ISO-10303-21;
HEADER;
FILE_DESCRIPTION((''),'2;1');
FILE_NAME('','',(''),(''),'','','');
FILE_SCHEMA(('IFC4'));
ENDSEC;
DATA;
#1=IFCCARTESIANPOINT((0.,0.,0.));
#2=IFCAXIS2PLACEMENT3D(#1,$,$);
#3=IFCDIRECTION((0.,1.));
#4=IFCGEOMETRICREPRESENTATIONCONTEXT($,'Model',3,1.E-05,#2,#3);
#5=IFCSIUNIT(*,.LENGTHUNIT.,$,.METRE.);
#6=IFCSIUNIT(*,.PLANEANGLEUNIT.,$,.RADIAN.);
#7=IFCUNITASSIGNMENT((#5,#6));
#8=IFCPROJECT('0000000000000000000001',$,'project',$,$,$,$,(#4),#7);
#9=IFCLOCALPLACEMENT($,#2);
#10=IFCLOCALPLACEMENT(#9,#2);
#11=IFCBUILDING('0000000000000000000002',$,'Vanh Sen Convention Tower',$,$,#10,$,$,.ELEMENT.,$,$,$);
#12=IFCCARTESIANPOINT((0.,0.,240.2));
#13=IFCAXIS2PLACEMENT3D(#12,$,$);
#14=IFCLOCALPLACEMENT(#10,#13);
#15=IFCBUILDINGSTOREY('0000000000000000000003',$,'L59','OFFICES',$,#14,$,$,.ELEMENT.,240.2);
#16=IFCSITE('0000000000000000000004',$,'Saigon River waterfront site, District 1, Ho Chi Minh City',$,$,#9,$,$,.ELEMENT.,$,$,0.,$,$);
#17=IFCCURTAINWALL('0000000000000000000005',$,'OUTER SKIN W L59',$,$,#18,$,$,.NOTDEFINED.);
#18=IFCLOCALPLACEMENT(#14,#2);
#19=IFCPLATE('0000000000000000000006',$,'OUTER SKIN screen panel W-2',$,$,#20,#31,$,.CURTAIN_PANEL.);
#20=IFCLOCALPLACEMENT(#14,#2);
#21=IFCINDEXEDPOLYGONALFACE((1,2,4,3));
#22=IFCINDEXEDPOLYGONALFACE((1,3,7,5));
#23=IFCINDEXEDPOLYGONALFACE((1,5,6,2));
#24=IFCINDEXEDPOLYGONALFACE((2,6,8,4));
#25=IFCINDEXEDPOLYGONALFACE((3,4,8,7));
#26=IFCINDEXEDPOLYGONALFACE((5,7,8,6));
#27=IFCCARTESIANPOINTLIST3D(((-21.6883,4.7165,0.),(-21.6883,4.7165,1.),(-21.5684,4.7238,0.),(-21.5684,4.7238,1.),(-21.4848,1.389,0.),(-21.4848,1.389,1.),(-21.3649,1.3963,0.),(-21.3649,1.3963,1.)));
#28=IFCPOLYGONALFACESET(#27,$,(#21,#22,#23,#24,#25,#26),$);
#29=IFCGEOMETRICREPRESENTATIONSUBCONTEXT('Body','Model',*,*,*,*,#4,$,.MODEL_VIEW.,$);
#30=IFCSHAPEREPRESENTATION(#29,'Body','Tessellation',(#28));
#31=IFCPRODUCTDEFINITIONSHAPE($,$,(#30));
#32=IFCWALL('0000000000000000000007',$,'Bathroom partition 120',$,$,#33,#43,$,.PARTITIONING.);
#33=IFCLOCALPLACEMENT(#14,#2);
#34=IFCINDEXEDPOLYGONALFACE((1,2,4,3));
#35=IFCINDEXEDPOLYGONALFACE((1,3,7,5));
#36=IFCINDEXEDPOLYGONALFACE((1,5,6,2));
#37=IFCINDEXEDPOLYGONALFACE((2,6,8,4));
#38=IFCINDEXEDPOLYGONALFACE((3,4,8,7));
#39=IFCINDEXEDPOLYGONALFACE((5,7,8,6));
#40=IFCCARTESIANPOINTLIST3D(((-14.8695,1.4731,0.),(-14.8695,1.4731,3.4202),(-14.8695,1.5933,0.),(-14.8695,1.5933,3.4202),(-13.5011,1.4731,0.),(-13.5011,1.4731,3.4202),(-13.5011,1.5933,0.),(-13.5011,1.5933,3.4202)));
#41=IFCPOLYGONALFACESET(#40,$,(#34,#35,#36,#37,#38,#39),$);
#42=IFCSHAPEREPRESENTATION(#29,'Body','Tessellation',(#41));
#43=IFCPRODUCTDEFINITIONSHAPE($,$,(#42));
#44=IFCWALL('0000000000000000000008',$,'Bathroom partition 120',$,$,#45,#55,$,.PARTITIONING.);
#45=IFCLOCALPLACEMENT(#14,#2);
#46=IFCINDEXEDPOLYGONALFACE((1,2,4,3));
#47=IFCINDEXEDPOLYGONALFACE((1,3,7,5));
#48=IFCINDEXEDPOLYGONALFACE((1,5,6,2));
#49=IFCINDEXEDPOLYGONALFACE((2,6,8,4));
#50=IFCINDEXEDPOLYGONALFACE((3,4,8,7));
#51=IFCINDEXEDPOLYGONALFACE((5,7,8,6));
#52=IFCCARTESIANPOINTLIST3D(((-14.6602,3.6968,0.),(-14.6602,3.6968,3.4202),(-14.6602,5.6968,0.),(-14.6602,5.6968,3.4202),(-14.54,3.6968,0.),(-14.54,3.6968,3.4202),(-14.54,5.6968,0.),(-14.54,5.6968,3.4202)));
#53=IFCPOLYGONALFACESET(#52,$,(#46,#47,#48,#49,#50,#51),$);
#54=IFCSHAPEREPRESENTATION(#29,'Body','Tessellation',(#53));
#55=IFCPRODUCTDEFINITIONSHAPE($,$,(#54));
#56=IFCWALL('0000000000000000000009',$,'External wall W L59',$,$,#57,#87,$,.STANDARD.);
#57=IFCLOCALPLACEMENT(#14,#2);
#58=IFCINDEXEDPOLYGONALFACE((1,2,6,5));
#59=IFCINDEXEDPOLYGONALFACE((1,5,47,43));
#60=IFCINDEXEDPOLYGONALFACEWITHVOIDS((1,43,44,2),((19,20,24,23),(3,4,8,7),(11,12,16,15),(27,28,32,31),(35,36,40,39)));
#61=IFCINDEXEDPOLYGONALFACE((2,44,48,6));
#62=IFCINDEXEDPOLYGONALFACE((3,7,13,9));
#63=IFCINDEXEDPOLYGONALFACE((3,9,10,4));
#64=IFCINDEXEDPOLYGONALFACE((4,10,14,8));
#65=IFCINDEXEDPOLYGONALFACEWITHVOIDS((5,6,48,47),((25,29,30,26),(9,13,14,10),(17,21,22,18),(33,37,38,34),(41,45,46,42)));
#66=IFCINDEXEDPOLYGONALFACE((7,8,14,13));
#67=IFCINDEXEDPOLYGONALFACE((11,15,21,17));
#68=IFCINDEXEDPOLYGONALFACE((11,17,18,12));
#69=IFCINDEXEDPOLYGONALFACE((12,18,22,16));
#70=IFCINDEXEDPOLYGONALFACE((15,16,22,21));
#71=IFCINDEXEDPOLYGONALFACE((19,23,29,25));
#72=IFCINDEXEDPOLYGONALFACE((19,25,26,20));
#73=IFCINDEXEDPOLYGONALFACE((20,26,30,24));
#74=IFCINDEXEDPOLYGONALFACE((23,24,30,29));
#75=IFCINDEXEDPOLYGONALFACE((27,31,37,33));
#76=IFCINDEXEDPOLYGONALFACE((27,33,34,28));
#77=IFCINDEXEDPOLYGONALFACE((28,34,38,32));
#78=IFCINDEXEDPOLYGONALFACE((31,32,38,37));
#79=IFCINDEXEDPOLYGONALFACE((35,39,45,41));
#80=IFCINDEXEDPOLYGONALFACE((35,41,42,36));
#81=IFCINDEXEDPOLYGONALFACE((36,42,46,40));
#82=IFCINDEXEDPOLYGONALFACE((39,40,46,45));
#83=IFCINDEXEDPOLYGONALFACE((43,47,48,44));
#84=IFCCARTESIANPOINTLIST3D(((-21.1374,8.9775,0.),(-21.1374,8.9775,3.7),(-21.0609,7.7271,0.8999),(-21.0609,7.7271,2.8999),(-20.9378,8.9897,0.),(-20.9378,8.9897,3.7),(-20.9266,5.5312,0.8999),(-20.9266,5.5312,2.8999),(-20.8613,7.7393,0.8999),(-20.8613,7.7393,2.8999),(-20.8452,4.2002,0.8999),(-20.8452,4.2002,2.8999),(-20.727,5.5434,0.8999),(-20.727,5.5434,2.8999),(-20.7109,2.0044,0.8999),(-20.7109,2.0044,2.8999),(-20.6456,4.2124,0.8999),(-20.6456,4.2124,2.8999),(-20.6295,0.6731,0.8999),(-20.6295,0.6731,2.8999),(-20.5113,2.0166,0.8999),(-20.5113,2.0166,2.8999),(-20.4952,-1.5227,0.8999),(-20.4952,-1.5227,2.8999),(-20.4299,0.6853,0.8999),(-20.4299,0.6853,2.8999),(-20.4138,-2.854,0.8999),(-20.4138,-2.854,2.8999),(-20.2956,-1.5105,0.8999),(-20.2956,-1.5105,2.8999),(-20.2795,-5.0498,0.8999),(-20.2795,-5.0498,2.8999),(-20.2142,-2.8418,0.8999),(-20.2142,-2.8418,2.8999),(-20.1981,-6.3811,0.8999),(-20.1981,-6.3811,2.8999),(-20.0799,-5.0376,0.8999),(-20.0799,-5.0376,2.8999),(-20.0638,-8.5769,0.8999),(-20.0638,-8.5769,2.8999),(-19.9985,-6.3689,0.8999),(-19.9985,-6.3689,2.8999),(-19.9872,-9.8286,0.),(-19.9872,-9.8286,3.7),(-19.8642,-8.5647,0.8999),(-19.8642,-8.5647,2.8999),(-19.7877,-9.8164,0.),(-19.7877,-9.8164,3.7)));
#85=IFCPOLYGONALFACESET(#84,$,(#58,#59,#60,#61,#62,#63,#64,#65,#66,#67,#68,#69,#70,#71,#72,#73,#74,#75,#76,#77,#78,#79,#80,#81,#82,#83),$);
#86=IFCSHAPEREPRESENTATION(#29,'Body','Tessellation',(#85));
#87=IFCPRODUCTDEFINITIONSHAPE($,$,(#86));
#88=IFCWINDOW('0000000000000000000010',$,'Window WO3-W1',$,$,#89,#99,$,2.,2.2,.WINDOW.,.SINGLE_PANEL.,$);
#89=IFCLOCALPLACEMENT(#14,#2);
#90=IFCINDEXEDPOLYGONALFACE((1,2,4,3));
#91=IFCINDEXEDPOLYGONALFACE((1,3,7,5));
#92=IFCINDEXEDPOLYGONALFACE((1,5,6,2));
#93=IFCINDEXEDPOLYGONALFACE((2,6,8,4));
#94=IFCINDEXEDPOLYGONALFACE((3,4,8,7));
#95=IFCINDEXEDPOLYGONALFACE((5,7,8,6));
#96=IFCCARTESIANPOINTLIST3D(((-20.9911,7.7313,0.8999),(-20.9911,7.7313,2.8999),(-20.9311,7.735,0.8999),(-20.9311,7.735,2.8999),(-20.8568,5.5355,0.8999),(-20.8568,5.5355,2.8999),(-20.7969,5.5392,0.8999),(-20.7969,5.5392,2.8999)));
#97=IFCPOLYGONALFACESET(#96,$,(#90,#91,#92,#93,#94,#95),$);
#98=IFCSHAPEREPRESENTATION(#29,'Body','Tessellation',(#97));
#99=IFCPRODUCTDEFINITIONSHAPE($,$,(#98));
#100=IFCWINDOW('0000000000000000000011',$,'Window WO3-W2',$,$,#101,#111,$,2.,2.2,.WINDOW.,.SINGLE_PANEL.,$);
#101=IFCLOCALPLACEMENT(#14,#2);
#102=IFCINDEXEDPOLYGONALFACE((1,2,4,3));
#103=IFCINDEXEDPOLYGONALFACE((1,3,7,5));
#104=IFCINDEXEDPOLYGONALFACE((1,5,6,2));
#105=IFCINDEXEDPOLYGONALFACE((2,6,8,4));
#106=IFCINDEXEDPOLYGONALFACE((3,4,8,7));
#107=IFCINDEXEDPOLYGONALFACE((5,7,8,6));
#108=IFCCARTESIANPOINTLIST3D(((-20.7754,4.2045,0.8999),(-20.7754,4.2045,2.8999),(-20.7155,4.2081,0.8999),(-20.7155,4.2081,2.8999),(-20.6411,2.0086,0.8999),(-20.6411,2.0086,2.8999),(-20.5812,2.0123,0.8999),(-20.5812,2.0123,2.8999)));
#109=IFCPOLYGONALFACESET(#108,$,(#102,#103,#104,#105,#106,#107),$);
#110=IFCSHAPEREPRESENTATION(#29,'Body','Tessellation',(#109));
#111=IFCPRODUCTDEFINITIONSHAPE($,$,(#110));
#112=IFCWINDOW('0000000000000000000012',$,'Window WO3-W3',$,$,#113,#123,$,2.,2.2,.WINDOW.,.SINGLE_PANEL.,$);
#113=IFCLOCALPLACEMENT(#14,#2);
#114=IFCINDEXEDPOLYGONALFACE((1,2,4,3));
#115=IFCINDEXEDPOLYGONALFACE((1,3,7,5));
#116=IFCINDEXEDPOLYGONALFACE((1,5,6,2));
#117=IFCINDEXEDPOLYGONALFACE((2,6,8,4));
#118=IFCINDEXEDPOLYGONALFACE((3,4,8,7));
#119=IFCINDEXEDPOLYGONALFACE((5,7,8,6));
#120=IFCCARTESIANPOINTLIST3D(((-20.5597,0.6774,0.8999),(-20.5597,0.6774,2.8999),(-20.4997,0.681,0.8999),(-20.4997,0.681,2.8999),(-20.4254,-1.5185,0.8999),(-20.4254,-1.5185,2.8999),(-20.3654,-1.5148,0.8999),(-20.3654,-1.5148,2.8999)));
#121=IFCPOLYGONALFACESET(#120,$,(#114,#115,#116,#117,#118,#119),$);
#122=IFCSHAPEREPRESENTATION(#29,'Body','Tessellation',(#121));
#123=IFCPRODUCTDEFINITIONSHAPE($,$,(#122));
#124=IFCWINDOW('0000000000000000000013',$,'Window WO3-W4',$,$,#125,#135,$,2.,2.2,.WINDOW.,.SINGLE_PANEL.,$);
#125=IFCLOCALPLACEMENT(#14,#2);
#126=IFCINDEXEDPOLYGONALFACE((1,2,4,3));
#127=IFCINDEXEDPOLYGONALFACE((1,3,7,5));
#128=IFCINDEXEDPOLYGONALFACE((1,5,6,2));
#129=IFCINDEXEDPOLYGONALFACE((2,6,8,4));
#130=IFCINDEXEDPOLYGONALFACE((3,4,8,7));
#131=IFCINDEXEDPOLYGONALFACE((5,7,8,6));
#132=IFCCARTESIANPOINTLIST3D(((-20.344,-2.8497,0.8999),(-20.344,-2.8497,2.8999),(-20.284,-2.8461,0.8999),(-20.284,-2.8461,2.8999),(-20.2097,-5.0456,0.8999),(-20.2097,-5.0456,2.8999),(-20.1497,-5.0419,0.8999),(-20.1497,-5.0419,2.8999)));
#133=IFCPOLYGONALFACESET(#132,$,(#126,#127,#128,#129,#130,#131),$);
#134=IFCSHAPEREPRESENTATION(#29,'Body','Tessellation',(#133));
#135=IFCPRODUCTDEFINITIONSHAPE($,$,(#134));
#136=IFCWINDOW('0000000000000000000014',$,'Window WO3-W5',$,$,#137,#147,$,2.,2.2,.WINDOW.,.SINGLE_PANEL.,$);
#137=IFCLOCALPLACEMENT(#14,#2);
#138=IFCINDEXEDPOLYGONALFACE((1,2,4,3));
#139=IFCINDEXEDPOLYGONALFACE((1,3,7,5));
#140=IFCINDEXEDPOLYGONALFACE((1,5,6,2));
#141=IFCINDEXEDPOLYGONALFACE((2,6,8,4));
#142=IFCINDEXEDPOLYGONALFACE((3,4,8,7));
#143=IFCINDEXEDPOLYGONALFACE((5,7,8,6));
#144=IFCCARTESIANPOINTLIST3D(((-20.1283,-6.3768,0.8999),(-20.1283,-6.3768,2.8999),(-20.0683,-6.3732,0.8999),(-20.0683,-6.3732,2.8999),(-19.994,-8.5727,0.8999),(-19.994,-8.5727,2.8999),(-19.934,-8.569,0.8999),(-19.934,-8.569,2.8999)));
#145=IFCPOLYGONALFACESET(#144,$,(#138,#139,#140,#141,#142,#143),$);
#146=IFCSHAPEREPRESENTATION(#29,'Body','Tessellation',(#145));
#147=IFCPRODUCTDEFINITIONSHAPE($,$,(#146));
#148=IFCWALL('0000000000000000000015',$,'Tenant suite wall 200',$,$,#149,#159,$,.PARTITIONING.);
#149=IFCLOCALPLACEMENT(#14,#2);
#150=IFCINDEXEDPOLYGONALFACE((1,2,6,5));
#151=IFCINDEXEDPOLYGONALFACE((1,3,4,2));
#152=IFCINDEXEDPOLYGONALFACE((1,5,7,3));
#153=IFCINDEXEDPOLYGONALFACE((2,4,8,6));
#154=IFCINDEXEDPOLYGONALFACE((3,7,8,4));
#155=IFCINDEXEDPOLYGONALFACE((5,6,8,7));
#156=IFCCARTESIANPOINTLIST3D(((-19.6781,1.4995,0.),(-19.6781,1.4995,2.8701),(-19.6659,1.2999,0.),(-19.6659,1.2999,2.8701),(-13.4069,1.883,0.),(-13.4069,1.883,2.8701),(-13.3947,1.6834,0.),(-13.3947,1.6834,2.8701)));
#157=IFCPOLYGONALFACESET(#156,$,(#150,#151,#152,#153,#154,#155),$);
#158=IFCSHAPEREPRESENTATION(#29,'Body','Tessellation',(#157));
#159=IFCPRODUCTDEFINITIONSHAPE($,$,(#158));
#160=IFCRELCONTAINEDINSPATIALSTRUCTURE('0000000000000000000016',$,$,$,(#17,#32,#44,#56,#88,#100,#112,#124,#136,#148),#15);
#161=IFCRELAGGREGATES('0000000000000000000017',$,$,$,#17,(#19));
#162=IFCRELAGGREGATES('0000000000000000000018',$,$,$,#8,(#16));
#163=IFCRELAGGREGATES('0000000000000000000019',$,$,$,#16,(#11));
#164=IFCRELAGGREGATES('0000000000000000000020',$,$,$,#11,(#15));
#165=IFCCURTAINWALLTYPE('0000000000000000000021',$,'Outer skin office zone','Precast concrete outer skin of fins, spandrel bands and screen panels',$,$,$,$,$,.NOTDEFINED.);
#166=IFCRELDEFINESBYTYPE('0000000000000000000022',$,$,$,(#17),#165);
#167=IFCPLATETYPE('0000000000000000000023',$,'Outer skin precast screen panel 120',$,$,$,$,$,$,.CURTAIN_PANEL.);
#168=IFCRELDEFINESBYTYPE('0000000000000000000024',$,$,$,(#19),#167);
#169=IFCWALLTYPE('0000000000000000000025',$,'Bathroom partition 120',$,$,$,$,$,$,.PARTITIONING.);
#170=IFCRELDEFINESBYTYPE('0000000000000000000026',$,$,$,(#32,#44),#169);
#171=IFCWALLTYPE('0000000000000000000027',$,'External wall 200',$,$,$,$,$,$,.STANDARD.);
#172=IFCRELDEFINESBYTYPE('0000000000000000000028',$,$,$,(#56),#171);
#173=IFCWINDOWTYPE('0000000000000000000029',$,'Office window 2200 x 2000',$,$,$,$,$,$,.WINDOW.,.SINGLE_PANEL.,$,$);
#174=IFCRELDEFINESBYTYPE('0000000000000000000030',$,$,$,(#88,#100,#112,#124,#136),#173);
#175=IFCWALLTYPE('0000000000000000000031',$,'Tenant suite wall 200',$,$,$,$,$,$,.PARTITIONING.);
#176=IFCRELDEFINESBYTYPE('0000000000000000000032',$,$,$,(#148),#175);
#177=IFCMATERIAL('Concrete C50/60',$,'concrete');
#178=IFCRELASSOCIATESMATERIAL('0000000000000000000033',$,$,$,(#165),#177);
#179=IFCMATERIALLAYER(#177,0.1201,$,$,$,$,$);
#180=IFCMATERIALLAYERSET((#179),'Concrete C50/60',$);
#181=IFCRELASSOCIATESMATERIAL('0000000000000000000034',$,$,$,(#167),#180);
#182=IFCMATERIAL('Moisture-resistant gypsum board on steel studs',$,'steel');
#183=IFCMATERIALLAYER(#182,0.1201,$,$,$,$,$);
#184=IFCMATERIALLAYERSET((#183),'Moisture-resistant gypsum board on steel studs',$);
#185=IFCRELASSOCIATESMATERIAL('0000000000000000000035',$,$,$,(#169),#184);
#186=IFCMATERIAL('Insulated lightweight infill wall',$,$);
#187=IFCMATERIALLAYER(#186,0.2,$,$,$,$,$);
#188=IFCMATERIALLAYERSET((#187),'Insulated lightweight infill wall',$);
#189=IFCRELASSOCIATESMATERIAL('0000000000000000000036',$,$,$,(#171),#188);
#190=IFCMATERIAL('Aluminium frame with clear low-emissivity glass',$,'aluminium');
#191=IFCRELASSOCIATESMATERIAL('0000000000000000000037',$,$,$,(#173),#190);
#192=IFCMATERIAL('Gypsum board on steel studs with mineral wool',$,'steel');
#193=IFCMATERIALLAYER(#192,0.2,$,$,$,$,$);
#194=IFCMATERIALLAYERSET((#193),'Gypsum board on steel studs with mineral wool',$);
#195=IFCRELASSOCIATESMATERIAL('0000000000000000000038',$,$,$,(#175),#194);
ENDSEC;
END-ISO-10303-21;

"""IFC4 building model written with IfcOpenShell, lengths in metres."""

from ifc_helpers import new_model, si_unit, direction, frame, frame_2d, origin, origin_2d, place, context, subcontext, project, spatial, rectangle, extrude, material, layer, layer_set, type_object, element, fill, aggregate, save


model = new_model("IFC4")

# Units and contexts
model_context = context("Model", 3, precision=1e-05, world=origin(), true_north=direction((0.0, 1.0)))
body_context = subcontext(model_context, "Body", "Model", "MODEL_VIEW")
ifc_project = project(units=[si_unit("LENGTHUNIT", "METRE"), si_unit("PLANEANGLEUNIT", "RADIAN")], contexts=[model_context])

# Site, building, storey
site_placement = place(None, origin())
site = spatial("IfcSite", under=ifc_project, at=site_placement, Name="Saigon River waterfront site, District 1, Ho Chi Minh City", CompositionType="ELEMENT", RefElevation=0.0)
building_placement = place(site_placement, origin())
building = spatial("IfcBuilding", under=site, at=building_placement, Name="Vanh Sen Convention Tower", CompositionType="ELEMENT")
storey_placement = place(building_placement, frame((0.0, 0.0, 240.2)))
storey = spatial("IfcBuildingStorey", under=building, at=storey_placement, Name="L59", Description="OFFICES", CompositionType="ELEMENT", Elevation=240.2)

# Curtain wall
ifc_material_1 = material(Name="Concrete C50/60", Category="concrete")
curtain_wall_type = type_object("IfcCurtainWallType", Name="Outer skin office zone", Description="Precast concrete outer skin of fins, spandrel bands and screen panels", PredefinedType="NOTDEFINED", material=ifc_material_1)
curtain_wall_placement = place(storey_placement, origin())
curtain_wall = element("IfcCurtainWall", 1, at=curtain_wall_placement, inside=storey, type_object=curtain_wall_type, Name="OUTER SKIN W L59", PredefinedType="NOTDEFINED")

# Plate
ifc_layer_1 = layer(ifc_material_1, 0.1201)
ifc_layer_set_1 = layer_set([ifc_layer_1], Name="Concrete C50/60")
plate_type = type_object("IfcPlateType", Name="Outer skin precast screen panel 120", PredefinedType="CURTAIN_PANEL", material=ifc_layer_set_1)
plate_1_placement = place(storey_placement, frame((-21.5266, 3.0564, 0.0), z_axis=(0.0, 0.0, 1.0), x_axis=(0.061042, -0.998135, 0.0)))
plate_1 = element("IfcPlate", 2, at=plate_1_placement, type_object=plate_type, Name="OUTER SKIN screen panel W-2", PredefinedType="CURTAIN_PANEL", context=body_context, shape_type="SweptSolid", body=[
    extrude(rectangle(XDim=3.3337, YDim=0.1201, at=origin_2d()), origin(), (0.0, 0.0, 1.0), 1.0),
])
aggregate(curtain_wall, [plate_1])

# Walls
ifc_material_2 = material(Name="Moisture-resistant gypsum board on steel studs", Category="steel")
ifc_layer_2 = layer(ifc_material_2, 0.1201)
ifc_layer_set_2 = layer_set([ifc_layer_2], Name="Moisture-resistant gypsum board on steel studs")
wall_type_1 = type_object("IfcWallType", Name="Bathroom partition 120", PredefinedType="PARTITIONING", material=ifc_layer_set_2)
wall_1_placement = place(storey_placement, frame((-14.8694, 1.5332, 0.0), z_axis=(0.0, 0.0, 1.0), x_axis=(1.0, 0.0, 0.0)))
element("IfcWall", 3, at=wall_1_placement, inside=storey, type_object=wall_type_1, Name="Bathroom partition 120", PredefinedType="PARTITIONING", context=body_context, shape_type="SweptSolid", body=[
    extrude(rectangle(XDim=1.3684, YDim=0.1201, at=frame_2d((0.6841, 0.0))), origin(), (0.0, 0.0, 1.0), 3.4202),
])
wall_2_placement = place(storey_placement, frame((-14.6001, 3.6968, 0.0), z_axis=(0.0, 0.0, 1.0), x_axis=(0.0, 1.0, 0.0)))
element("IfcWall", 4, at=wall_2_placement, inside=storey, type_object=wall_type_1, Name="Bathroom partition 120", PredefinedType="PARTITIONING", context=body_context, shape_type="SweptSolid", body=[
    extrude(rectangle(XDim=2.0, YDim=0.1201, at=frame_2d((1.0, 0.0))), origin(), (0.0, 0.0, 1.0), 3.4202),
])

# Wall, openings, windows
ifc_material_3 = material(Name="Insulated lightweight infill wall")
ifc_layer_3 = layer(ifc_material_3, 0.2)
ifc_layer_set_3 = layer_set([ifc_layer_3], Name="Insulated lightweight infill wall")
wall_type_2 = type_object("IfcWallType", Name="External wall 200", PredefinedType="STANDARD", material=ifc_layer_set_3)
wall_3_placement = place(storey_placement, frame((-21.0376, 8.9836, 0.0), z_axis=(0.0, 0.0, 1.0), x_axis=(0.061044, -0.998135, 0.0)))
wall_3 = element("IfcWall", 5, at=wall_3_placement, inside=storey, type_object=wall_type_2, Name="External wall W L59", PredefinedType="STANDARD", context=body_context, shape_type="SweptSolid", body=[
    extrude(rectangle(XDim=18.8413, YDim=0.2, at=frame_2d((9.4207, 0.0))), origin(), (0.0, 0.0, 1.0), 3.7),
])
opening_1_placement = place(wall_3_placement, frame((1.2527, 0.0, 0.8999)))
opening_1 = element("IfcOpeningElement", 6, at=opening_1_placement, cuts=wall_3, PredefinedType="OPENING", context=body_context, shape_type="SweptSolid", body=[
    extrude(rectangle(XDim=2.2, YDim=2.0, at=frame_2d((1.1001, 1.0))), frame((0.0, 0.1099, 0.0), z_axis=(0.0, -1.0, 0.0), x_axis=(1.0, 0.0, 0.0)), (0.0, 0.0, 1.0), 0.22),
])
opening_2_placement = place(wall_3_placement, frame((4.7861, 0.0, 0.8999)))
opening_2 = element("IfcOpeningElement", 7, at=opening_2_placement, cuts=wall_3, PredefinedType="OPENING", context=body_context, shape_type="SweptSolid", body=[
    extrude(rectangle(XDim=2.2, YDim=2.0, at=frame_2d((1.1001, 1.0))), frame((0.0, 0.1099, 0.0), z_axis=(0.0, -1.0, 0.0), x_axis=(1.0, 0.0, 0.0)), (0.0, 0.0, 1.0), 0.22),
])
opening_3_placement = place(wall_3_placement, frame((8.3198, 0.0, 0.8999)))
opening_3 = element("IfcOpeningElement", 8, at=opening_3_placement, cuts=wall_3, PredefinedType="OPENING", context=body_context, shape_type="SweptSolid", body=[
    extrude(rectangle(XDim=2.2, YDim=2.0, at=frame_2d((1.1001, 1.0))), frame((0.0, 0.1099, 0.0), z_axis=(0.0, -1.0, 0.0), x_axis=(1.0, 0.0, 0.0)), (0.0, 0.0, 1.0), 0.22),
])
opening_4_placement = place(wall_3_placement, frame((11.8535, 0.0, 0.8999)))
opening_4 = element("IfcOpeningElement", 9, at=opening_4_placement, cuts=wall_3, PredefinedType="OPENING", context=body_context, shape_type="SweptSolid", body=[
    extrude(rectangle(XDim=2.2, YDim=2.0, at=frame_2d((1.1001, 1.0))), frame((0.0, 0.1099, 0.0), z_axis=(0.0, -1.0, 0.0), x_axis=(1.0, 0.0, 0.0)), (0.0, 0.0, 1.0), 0.22),
])
opening_5_placement = place(wall_3_placement, frame((15.3872, 0.0, 0.8999)))
opening_5 = element("IfcOpeningElement", 10, at=opening_5_placement, cuts=wall_3, PredefinedType="OPENING", context=body_context, shape_type="SweptSolid", body=[
    extrude(rectangle(XDim=2.2, YDim=2.0, at=frame_2d((1.1001, 1.0))), frame((0.0, 0.1099, 0.0), z_axis=(0.0, -1.0, 0.0), x_axis=(1.0, 0.0, 0.0)), (0.0, 0.0, 1.0), 0.22),
])
ifc_material_4 = material(Name="Aluminium frame with clear low-emissivity glass", Category="aluminium")
window_type = type_object("IfcWindowType", Name="Office window 2200 x 2000", PartitioningType="SINGLE_PANEL", PredefinedType="WINDOW", material=ifc_material_4)
window_1_placement = place(opening_1_placement, origin())
window_1 = element("IfcWindow", 11, at=window_1_placement, inside=storey, type_object=window_type, Name="Window WO3-W1", OverallHeight=2.0, OverallWidth=2.2, PartitioningType="SINGLE_PANEL", PredefinedType="WINDOW", context=body_context, shape_type="SweptSolid", body=[
    extrude(rectangle(XDim=2.2, YDim=2.0, at=frame_2d((1.1001, 1.0))), frame((0.0, 0.03, 0.0), z_axis=(0.0, -1.0, 0.0), x_axis=(1.0, 0.0, 0.0)), (0.0, 0.0, 1.0), 0.0601),
])
fill(opening_1, window_1)
window_2_placement = place(opening_2_placement, origin())
window_2 = element("IfcWindow", 12, at=window_2_placement, inside=storey, type_object=window_type, Name="Window WO3-W2", OverallHeight=2.0, OverallWidth=2.2, PartitioningType="SINGLE_PANEL", PredefinedType="WINDOW", context=body_context, shape_type="SweptSolid", body=[
    extrude(rectangle(XDim=2.2, YDim=2.0, at=frame_2d((1.1001, 1.0))), frame((0.0, 0.03, 0.0), z_axis=(0.0, -1.0, 0.0), x_axis=(1.0, 0.0, 0.0)), (0.0, 0.0, 1.0), 0.0601),
])
fill(opening_2, window_2)
window_3_placement = place(opening_3_placement, origin())
window_3 = element("IfcWindow", 13, at=window_3_placement, inside=storey, type_object=window_type, Name="Window WO3-W3", OverallHeight=2.0, OverallWidth=2.2, PartitioningType="SINGLE_PANEL", PredefinedType="WINDOW", context=body_context, shape_type="SweptSolid", body=[
    extrude(rectangle(XDim=2.2, YDim=2.0, at=frame_2d((1.1001, 1.0))), frame((0.0, 0.03, 0.0), z_axis=(0.0, -1.0, 0.0), x_axis=(1.0, 0.0, 0.0)), (0.0, 0.0, 1.0), 0.0601),
])
fill(opening_3, window_3)
window_4_placement = place(opening_4_placement, origin())
window_4 = element("IfcWindow", 14, at=window_4_placement, inside=storey, type_object=window_type, Name="Window WO3-W4", OverallHeight=2.0, OverallWidth=2.2, PartitioningType="SINGLE_PANEL", PredefinedType="WINDOW", context=body_context, shape_type="SweptSolid", body=[
    extrude(rectangle(XDim=2.2, YDim=2.0, at=frame_2d((1.1001, 1.0))), frame((0.0, 0.03, 0.0), z_axis=(0.0, -1.0, 0.0), x_axis=(1.0, 0.0, 0.0)), (0.0, 0.0, 1.0), 0.0601),
])
fill(opening_4, window_4)
window_5_placement = place(opening_5_placement, origin())
window_5 = element("IfcWindow", 15, at=window_5_placement, inside=storey, type_object=window_type, Name="Window WO3-W5", OverallHeight=2.0, OverallWidth=2.2, PartitioningType="SINGLE_PANEL", PredefinedType="WINDOW", context=body_context, shape_type="SweptSolid", body=[
    extrude(rectangle(XDim=2.2, YDim=2.0, at=frame_2d((1.1001, 1.0))), frame((0.0, 0.03, 0.0), z_axis=(0.0, -1.0, 0.0), x_axis=(1.0, 0.0, 0.0)), (0.0, 0.0, 1.0), 0.0601),
])
fill(opening_5, window_5)

# Wall
ifc_material_5 = material(Name="Gypsum board on steel studs with mineral wool", Category="steel")
ifc_layer_4 = layer(ifc_material_5, 0.2)
ifc_layer_set_4 = layer_set([ifc_layer_4], Name="Gypsum board on steel studs with mineral wool")
wall_type_3 = type_object("IfcWallType", Name="Tenant suite wall 200", PredefinedType="PARTITIONING", material=ifc_layer_set_4)
wall_4_placement = place(storey_placement, frame((-19.6721, 1.3997, 0.0), z_axis=(0.0, 0.0, 1.0), x_axis=(0.998135, 0.061045, 0.0)))
element("IfcWall", 16, at=wall_4_placement, inside=storey, type_object=wall_type_3, Name="Tenant suite wall 200", PredefinedType="PARTITIONING", context=body_context, shape_type="SweptSolid", body=[
    extrude(rectangle(XDim=6.283, YDim=0.2, at=frame_2d((3.1416, 0.0))), origin(), (0.0, 0.0, 1.0), 2.8701),
])

save(model, "model.ifc")
